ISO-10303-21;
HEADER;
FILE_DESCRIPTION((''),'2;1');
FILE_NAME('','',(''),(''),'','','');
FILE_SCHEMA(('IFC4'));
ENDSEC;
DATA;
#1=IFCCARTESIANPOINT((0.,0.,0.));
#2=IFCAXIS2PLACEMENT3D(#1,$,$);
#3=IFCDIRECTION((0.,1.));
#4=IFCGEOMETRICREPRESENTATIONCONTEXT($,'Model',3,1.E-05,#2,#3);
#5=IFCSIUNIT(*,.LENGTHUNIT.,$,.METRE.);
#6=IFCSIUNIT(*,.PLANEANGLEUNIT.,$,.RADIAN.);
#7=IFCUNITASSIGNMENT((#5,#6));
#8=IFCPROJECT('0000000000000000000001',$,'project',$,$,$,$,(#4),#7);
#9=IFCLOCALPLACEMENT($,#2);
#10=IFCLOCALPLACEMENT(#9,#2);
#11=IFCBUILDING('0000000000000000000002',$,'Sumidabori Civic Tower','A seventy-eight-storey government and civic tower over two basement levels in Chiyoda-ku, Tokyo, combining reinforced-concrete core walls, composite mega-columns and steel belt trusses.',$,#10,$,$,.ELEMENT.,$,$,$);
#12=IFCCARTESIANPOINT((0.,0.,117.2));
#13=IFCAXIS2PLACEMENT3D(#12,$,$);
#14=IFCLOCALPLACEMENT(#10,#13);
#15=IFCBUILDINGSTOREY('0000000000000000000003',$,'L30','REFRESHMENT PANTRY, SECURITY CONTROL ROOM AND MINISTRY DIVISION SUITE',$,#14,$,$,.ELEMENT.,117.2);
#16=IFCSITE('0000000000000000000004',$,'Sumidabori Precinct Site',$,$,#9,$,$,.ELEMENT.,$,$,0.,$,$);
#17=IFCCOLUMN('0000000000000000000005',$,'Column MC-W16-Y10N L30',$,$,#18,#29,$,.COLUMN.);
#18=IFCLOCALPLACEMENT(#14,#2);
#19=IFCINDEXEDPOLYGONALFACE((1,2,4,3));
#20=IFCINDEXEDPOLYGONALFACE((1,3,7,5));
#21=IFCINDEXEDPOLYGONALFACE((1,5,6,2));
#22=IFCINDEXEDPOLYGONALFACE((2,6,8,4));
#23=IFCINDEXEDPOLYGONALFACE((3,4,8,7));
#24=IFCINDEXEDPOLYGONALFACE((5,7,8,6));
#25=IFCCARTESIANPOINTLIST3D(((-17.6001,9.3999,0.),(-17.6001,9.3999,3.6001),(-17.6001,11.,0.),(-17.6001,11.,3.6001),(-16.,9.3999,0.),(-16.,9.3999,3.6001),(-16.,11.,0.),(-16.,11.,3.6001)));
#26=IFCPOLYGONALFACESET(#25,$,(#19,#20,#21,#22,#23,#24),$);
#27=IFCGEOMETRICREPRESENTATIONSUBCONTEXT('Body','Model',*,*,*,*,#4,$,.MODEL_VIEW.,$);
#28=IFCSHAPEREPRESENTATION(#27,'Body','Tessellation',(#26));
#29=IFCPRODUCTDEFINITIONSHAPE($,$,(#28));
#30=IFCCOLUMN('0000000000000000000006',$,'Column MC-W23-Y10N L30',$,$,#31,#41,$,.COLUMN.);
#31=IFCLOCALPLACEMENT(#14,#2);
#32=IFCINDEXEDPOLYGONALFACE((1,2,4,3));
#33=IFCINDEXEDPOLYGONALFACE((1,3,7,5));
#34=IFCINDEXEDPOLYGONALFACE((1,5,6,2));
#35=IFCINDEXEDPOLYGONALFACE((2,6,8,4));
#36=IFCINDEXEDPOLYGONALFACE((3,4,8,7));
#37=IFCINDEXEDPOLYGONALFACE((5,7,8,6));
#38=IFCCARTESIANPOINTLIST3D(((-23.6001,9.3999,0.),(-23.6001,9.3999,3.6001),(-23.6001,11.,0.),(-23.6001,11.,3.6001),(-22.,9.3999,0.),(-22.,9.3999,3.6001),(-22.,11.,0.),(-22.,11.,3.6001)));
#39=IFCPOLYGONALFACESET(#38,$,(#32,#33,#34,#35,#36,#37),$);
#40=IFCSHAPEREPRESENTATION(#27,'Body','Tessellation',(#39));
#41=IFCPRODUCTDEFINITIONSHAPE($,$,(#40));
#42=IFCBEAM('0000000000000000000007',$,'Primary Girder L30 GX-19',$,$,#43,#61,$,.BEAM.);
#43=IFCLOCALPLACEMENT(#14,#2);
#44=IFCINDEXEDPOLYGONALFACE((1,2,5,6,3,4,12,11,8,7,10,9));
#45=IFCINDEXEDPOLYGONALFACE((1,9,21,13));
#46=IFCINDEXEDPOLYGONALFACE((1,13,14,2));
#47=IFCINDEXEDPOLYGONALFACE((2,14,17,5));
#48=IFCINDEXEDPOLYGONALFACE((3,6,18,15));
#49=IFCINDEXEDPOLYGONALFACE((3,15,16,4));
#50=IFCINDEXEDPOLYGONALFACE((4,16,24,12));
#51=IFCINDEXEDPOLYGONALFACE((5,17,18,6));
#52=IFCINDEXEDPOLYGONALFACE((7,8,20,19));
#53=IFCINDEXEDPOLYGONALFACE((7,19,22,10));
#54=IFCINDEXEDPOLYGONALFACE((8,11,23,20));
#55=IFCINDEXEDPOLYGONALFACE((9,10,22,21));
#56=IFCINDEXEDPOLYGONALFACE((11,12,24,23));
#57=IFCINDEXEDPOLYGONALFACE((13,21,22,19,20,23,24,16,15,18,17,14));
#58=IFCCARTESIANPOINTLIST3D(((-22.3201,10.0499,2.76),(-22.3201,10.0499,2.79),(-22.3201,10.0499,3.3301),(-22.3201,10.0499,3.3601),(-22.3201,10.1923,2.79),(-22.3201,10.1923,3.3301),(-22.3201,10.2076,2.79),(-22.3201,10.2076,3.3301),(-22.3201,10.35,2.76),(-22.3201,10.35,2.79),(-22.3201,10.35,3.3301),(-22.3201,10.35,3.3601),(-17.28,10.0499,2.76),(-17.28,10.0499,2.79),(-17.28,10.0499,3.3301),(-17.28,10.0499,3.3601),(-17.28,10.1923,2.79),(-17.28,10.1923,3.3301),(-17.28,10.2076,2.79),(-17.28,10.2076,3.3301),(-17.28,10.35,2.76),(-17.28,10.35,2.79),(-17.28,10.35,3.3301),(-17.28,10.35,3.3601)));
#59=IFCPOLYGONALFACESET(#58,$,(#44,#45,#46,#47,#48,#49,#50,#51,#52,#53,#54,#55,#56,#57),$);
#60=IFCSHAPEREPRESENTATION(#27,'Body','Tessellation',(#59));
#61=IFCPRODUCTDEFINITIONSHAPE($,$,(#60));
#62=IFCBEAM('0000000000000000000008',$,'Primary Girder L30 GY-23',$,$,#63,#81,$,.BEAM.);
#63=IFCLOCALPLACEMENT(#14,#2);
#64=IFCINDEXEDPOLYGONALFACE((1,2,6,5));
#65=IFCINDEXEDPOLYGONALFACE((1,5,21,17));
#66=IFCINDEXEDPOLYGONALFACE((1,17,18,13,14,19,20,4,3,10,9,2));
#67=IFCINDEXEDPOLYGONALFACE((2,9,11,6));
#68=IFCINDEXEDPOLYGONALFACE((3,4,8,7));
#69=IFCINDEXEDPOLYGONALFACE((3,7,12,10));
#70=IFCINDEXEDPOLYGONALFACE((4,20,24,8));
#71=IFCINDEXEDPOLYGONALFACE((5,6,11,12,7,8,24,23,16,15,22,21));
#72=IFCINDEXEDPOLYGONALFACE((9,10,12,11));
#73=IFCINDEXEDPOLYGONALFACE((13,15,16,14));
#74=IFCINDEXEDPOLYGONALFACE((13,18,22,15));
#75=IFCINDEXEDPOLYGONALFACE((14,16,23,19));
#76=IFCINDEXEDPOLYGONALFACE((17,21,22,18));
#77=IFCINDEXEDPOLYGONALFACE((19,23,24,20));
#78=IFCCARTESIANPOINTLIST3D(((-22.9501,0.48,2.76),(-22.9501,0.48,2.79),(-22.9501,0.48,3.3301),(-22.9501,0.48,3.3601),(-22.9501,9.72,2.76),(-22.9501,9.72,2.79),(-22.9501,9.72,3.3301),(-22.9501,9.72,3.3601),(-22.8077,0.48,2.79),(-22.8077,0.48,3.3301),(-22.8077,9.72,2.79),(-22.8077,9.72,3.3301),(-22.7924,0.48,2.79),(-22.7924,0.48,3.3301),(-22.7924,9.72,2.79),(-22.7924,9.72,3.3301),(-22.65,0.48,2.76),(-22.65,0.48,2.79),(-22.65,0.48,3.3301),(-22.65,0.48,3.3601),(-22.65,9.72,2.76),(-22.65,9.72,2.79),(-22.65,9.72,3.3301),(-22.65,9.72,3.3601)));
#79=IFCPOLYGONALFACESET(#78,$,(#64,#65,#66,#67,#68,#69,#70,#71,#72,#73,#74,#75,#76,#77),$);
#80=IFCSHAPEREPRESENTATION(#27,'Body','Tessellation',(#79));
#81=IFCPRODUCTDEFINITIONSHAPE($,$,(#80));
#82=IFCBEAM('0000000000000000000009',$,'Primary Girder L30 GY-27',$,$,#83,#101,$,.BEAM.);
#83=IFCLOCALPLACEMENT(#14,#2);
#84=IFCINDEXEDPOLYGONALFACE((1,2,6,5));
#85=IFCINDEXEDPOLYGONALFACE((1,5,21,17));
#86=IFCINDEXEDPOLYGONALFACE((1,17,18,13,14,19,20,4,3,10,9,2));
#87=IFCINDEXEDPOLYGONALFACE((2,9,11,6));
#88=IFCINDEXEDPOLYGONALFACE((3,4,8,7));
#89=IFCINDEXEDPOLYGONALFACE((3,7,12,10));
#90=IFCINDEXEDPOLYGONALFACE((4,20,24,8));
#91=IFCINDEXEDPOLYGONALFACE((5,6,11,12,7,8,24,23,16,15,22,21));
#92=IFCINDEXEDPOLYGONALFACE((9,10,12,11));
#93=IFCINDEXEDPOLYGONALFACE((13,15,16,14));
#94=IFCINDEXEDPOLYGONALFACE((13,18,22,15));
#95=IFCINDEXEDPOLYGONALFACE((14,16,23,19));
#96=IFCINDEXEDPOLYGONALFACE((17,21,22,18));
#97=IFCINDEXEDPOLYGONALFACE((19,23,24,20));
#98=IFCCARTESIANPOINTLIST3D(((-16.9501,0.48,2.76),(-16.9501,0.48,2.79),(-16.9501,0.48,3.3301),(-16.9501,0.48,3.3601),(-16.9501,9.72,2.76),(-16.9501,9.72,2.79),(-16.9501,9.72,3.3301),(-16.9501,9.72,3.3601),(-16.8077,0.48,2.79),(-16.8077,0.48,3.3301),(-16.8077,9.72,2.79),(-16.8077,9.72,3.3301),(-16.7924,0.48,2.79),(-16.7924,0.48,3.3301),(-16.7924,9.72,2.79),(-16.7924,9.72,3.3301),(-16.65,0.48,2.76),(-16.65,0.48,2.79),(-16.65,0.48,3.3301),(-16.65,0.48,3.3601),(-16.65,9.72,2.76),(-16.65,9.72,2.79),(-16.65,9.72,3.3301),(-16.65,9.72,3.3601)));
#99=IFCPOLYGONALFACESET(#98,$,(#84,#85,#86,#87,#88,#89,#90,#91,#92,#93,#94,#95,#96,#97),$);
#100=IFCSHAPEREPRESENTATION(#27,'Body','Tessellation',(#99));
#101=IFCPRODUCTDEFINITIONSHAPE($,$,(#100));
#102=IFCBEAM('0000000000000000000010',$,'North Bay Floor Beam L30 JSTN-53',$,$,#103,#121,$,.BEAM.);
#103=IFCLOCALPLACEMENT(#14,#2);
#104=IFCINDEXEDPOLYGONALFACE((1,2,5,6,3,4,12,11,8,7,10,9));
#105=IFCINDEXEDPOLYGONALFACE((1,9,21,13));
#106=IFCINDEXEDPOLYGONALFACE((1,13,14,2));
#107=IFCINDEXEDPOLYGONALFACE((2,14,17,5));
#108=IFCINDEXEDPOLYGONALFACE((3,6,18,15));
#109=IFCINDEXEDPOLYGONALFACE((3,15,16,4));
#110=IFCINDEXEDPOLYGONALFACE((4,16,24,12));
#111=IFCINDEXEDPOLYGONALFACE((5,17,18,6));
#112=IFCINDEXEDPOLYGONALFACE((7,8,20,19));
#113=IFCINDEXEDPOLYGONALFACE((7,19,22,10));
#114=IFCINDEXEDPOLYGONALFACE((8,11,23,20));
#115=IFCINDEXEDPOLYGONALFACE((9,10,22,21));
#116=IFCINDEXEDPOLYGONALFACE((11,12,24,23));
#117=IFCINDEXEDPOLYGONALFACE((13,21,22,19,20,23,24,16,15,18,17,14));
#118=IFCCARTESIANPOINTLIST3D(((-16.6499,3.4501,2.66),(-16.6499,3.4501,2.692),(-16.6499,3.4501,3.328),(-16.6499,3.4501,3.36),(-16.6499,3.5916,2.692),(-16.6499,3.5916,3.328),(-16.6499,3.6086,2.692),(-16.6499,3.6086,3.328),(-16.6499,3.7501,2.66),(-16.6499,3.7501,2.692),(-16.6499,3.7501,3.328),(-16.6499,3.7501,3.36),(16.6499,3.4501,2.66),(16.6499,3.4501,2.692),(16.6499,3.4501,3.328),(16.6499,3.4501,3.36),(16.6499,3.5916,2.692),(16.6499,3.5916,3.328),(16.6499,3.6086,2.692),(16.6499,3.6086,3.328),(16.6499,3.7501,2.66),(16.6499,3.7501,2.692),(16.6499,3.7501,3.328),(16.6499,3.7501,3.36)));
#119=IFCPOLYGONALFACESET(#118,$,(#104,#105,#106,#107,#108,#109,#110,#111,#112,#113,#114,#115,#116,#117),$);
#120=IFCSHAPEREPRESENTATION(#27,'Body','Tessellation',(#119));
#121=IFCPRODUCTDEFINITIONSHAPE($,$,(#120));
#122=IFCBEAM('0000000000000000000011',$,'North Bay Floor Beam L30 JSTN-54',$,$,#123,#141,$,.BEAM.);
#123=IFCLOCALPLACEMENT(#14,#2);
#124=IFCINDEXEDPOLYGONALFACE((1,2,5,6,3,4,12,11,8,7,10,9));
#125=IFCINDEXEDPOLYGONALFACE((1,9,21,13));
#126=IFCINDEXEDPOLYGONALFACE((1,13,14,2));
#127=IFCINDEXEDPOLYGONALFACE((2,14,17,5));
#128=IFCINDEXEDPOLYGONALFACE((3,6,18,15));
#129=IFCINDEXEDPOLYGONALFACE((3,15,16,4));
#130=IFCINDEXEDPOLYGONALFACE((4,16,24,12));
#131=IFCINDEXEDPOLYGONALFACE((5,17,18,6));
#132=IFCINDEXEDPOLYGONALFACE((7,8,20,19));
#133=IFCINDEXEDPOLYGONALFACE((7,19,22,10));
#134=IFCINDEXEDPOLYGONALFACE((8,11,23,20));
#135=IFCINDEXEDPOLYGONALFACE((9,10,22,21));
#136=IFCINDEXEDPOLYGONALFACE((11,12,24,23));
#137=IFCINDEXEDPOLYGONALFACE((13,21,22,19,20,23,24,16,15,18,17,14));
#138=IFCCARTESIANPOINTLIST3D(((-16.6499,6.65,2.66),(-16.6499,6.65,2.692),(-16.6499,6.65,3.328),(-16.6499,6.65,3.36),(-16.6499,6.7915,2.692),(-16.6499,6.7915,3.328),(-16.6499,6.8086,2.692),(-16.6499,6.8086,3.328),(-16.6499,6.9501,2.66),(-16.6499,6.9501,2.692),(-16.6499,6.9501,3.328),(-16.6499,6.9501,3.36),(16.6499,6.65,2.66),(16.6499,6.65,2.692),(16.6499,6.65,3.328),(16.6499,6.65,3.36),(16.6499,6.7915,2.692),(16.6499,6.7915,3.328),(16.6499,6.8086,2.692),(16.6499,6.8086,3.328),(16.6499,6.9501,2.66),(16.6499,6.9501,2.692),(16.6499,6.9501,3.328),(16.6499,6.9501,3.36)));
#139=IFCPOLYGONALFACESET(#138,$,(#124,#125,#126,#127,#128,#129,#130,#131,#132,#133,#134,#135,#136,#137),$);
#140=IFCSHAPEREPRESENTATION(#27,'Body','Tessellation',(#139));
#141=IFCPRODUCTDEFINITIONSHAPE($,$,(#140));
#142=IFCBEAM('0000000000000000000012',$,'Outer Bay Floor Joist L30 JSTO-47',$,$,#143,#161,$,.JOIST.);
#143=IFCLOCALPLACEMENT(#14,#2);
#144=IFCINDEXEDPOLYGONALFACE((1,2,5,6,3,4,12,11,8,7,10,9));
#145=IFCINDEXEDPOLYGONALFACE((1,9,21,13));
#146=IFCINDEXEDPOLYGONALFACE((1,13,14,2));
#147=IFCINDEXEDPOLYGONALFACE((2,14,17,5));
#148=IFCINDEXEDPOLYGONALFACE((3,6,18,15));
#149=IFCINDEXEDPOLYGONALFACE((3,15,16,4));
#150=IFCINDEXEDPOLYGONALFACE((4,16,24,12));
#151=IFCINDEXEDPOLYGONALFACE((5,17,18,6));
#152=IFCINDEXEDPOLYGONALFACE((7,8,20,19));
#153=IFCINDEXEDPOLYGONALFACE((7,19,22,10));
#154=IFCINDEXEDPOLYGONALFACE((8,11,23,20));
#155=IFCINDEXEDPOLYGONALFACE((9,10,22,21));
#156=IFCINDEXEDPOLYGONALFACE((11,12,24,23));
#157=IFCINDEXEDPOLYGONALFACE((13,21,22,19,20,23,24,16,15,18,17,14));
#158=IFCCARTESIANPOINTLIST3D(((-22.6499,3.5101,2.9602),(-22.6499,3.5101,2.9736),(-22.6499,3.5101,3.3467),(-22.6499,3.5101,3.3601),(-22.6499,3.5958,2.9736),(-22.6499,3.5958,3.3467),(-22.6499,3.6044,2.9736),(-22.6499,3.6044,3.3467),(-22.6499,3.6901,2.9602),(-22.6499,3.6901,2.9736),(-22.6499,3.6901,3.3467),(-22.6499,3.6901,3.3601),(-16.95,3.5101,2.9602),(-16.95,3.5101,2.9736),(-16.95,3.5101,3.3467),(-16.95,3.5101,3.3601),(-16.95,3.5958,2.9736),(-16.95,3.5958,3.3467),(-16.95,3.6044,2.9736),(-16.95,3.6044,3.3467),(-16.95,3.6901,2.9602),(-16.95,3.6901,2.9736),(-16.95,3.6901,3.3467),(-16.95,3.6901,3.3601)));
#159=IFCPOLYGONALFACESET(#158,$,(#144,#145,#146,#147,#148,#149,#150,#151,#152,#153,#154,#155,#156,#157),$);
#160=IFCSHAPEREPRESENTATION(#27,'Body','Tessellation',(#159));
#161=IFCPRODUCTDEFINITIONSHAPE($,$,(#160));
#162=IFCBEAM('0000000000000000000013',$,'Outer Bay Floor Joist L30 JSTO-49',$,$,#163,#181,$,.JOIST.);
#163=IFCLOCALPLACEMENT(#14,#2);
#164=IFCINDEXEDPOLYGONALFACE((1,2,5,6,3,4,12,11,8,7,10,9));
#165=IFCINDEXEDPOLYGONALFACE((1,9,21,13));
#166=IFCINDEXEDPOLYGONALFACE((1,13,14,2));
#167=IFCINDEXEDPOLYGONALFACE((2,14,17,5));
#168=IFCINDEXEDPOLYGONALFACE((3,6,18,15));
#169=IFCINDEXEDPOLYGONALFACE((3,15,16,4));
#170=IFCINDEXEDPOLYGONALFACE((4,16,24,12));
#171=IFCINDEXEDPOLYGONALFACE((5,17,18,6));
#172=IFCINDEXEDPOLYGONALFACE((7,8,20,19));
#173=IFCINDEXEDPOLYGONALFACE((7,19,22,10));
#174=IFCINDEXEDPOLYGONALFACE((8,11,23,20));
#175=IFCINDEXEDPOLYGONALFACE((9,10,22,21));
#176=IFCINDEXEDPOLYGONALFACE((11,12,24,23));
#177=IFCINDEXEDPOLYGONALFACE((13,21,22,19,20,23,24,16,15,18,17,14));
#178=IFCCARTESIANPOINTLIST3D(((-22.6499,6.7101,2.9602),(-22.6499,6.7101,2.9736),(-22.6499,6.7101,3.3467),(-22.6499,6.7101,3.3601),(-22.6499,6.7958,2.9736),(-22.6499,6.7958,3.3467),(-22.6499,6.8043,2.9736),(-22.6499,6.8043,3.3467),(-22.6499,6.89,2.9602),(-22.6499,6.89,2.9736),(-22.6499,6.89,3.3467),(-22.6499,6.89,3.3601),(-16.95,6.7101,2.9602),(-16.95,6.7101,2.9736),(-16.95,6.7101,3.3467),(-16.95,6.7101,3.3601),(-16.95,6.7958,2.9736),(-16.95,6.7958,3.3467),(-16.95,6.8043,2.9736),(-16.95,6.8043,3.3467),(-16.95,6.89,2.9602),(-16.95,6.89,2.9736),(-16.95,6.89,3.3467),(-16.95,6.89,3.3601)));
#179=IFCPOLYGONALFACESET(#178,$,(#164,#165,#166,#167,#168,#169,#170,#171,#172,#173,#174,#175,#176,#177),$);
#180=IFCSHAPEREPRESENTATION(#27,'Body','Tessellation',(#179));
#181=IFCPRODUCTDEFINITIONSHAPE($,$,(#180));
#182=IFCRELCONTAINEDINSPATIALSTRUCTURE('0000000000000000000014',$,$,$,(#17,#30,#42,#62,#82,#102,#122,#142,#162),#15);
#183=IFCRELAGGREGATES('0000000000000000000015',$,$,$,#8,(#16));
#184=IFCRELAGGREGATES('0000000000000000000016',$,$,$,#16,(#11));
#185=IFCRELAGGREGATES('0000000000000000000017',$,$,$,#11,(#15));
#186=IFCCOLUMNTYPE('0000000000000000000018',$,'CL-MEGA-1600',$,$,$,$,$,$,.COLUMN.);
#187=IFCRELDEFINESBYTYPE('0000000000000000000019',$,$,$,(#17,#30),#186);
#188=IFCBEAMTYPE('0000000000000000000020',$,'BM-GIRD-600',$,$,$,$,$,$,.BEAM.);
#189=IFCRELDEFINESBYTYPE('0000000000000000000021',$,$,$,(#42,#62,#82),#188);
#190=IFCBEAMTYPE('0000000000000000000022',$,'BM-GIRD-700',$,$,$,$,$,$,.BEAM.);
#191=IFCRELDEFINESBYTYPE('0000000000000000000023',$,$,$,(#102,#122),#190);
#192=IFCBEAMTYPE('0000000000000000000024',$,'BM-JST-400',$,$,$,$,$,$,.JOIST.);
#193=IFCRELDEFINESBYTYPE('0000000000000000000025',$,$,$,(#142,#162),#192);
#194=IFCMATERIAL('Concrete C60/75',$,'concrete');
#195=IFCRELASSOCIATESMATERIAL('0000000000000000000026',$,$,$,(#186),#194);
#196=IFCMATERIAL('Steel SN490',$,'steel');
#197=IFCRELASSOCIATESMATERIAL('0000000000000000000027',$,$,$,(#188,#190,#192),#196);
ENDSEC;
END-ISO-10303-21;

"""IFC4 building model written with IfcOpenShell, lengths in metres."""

from ifc_helpers import new_model, si_unit, direction, frame, origin, origin_2d, place, context, subcontext, project, spatial, rectangle, i_section, extrude, source, transform, mapped, material, material_profile, profile_set, type_object, element, save


model = new_model("IFC4")

# Units and contexts
model_context = context("Model", 3, precision=1e-05, world=origin(), true_north=direction((0.0, 1.0)))
body_context = subcontext(model_context, "Body", "Model", "MODEL_VIEW")
ifc_project = project(units=[si_unit("LENGTHUNIT", "METRE"), si_unit("PLANEANGLEUNIT", "RADIAN")], contexts=[model_context])

# Site, building, storey
site_placement = place(None, origin())
site = spatial("IfcSite", under=ifc_project, at=site_placement, Name="Sumidabori Precinct Site", CompositionType="ELEMENT", RefElevation=0.0)
building_placement = place(site_placement, origin())
building = spatial("IfcBuilding", under=site, at=building_placement, Name="Sumidabori Civic Tower", Description="A seventy-eight-storey government and civic tower over two basement levels in Chiyoda-ku, Tokyo, combining reinforced-concrete core walls, composite mega-columns and steel belt trusses.", CompositionType="ELEMENT")
storey_placement = place(building_placement, frame((0.0, 0.0, 117.2)))
storey = spatial("IfcBuildingStorey", under=building, at=storey_placement, Name="L30", Description="REFRESHMENT PANTRY, SECURITY CONTROL ROOM AND MINISTRY DIVISION SUITE", CompositionType="ELEMENT", Elevation=117.2)

# Columns
ifc_material_1 = material(Name="Concrete C60/75", Category="concrete")
ifc_material_profile_1 = material_profile(ifc_material_1, rectangle(XDim=1.6001, YDim=1.6001, at=origin_2d()), Name="RC 1600x1600")
ifc_profile_set_1 = profile_set([ifc_material_profile_1], Name="Concrete C60/75")
column_type = type_object("IfcColumnType", Name="CL-MEGA-1600", PredefinedType="COLUMN", material=ifc_profile_set_1)
shared_shape_1 = source(origin(), body_context, "Body", "SweptSolid", [
    extrude(rectangle(XDim=1.6001, YDim=1.6001, at=origin_2d()), origin(), (0.0, 0.0, 1.0), 3.6001),
])
for number, where, z_axis, x_axis, name in (
    (1, (-16.8, 10.2, 0.0), (0.0, 0.0, 1.0), (1.0, 0.0, 0.0), "Column MC-W16-Y10N L30"),
    (2, (-22.8, 10.2, 0.0), (0.0, 0.0, 1.0), (1.0, 0.0, 0.0), "Column MC-W23-Y10N L30"),
):
    element("IfcColumn", number, at=place(storey_placement, frame(where, z_axis=z_axis, x_axis=x_axis)), inside=storey, type_object=column_type, Name=name, PredefinedType="COLUMN", context=body_context, shape_type="MappedRepresentation", body=[
        mapped(shared_shape_1, transform((0.0, 0.0, 0.0), x_axis=(1.0, 0.0, 0.0), y_axis=(0.0, 1.0, 0.0), z_axis=(0.0, 0.0, 1.0), scale=1.0)),
    ])

# Beams
ifc_material_2 = material(Name="Steel SN490", Category="steel")
ifc_material_profile_2 = material_profile(ifc_material_2, i_section(OverallWidth=0.3, OverallDepth=0.6001, WebThickness=0.0154, FlangeThickness=0.03, at=origin_2d()), Name="HE 600 B")
ifc_profile_set_2 = profile_set([ifc_material_profile_2], Name="Steel SN490")
beam_type_1 = type_object("IfcBeamType", Name="BM-GIRD-600", PredefinedType="BEAM", material=ifc_profile_set_2)
shared_shape_2 = source(origin(), body_context, "Body", "SweptSolid", [
    extrude(i_section(OverallWidth=0.3, OverallDepth=0.6001, WebThickness=0.0154, FlangeThickness=0.03, at=origin_2d()), origin(), (0.0, 0.0, 1.0), 5.04),
])
beam_placement = place(storey_placement, frame((-22.3201, 10.2, 3.0601), z_axis=(1.0, 0.0, 0.0), x_axis=(0.0, 1.0, 0.0)))
element("IfcBeam", 3, at=beam_placement, inside=storey, type_object=beam_type_1, Name="Primary Girder L30 GX-19", PredefinedType="BEAM", context=body_context, shape_type="MappedRepresentation", body=[
    mapped(shared_shape_2, transform((0.0, 0.0, 0.0), x_axis=(1.0, 0.0, 0.0), y_axis=(0.0, 1.0, 0.0), z_axis=(0.0, 0.0, 1.0), scale=1.0)),
])
shared_shape_3 = source(origin(), body_context, "Body", "SweptSolid", [
    extrude(i_section(OverallWidth=0.3, OverallDepth=0.6001, WebThickness=0.0154, FlangeThickness=0.03, at=origin_2d()), origin(), (0.0, 0.0, 1.0), 9.24),
])
for number, where, z_axis, x_axis, name in (
    (4, (-22.8, 0.48, 3.0601), (0.0, 1.0, 0.0), (-1.0, 0.0, 0.0), "Primary Girder L30 GY-23"),
    (5, (-16.8, 0.48, 3.0601), (0.0, 1.0, 0.0), (-1.0, 0.0, 0.0), "Primary Girder L30 GY-27"),
):
    element("IfcBeam", number, at=place(storey_placement, frame(where, z_axis=z_axis, x_axis=x_axis)), inside=storey, type_object=beam_type_1, Name=name, PredefinedType="BEAM", context=body_context, shape_type="MappedRepresentation", body=[
        mapped(shared_shape_3, transform((0.0, 0.0, 0.0), x_axis=(1.0, 0.0, 0.0), y_axis=(0.0, 1.0, 0.0), z_axis=(0.0, 0.0, 1.0), scale=1.0)),
    ])
ifc_material_profile_3 = material_profile(ifc_material_2, i_section(OverallWidth=0.3, OverallDepth=0.7, WebThickness=0.0171, FlangeThickness=0.032, at=origin_2d()), Name="HE 700 B")
ifc_profile_set_3 = profile_set([ifc_material_profile_3], Name="Steel SN490")
beam_type_2 = type_object("IfcBeamType", Name="BM-GIRD-700", PredefinedType="BEAM", material=ifc_profile_set_3)
shared_shape_4 = source(origin(), body_context, "Body", "SweptSolid", [
    extrude(i_section(OverallWidth=0.3, OverallDepth=0.7, WebThickness=0.0171, FlangeThickness=0.032, at=origin_2d()), origin(), (0.0, 0.0, 1.0), 33.2998),
])
for number, where, z_axis, x_axis, name in (
    (6, (-16.6499, 3.6001, 3.01), (1.0, 0.0, 0.0), (0.0, 1.0, 0.0), "North Bay Floor Beam L30 JSTN-53"),
    (7, (-16.6499, 6.8, 3.01), (1.0, 0.0, 0.0), (0.0, 1.0, 0.0), "North Bay Floor Beam L30 JSTN-54"),
):
    element("IfcBeam", number, at=place(storey_placement, frame(where, z_axis=z_axis, x_axis=x_axis)), inside=storey, type_object=beam_type_2, Name=name, PredefinedType="BEAM", context=body_context, shape_type="MappedRepresentation", body=[
        mapped(shared_shape_4, transform((0.0, 0.0, 0.0), x_axis=(1.0, 0.0, 0.0), y_axis=(0.0, 1.0, 0.0), z_axis=(0.0, 0.0, 1.0), scale=1.0)),
    ])
ifc_material_profile_4 = material_profile(ifc_material_2, i_section(OverallWidth=0.1799, OverallDepth=0.3999, WebThickness=0.0085, FlangeThickness=0.0134, at=origin_2d()), Name="IPE 400")
ifc_profile_set_4 = profile_set([ifc_material_profile_4], Name="Steel SN490")
beam_type_3 = type_object("IfcBeamType", Name="BM-JST-400", PredefinedType="JOIST", material=ifc_profile_set_4)
shared_shape_5 = source(origin(), body_context, "Body", "SweptSolid", [
    extrude(i_section(OverallWidth=0.1799, OverallDepth=0.3999, WebThickness=0.0085, FlangeThickness=0.0134, at=origin_2d()), origin(), (0.0, 0.0, 1.0), 5.7),
])
for number, where, z_axis, x_axis, name in (
    (8, (-22.6499, 3.6001, 3.1602), (1.0, 0.0, 0.0), (0.0, 1.0, 0.0), "Outer Bay Floor Joist L30 JSTO-47"),
    (9, (-22.6499, 6.8, 3.1602), (1.0, 0.0, 0.0), (0.0, 1.0, 0.0), "Outer Bay Floor Joist L30 JSTO-49"),
):
    element("IfcBeam", number, at=place(storey_placement, frame(where, z_axis=z_axis, x_axis=x_axis)), inside=storey, type_object=beam_type_3, Name=name, PredefinedType="JOIST", context=body_context, shape_type="MappedRepresentation", body=[
        mapped(shared_shape_5, transform((0.0, 0.0, 0.0), x_axis=(1.0, 0.0, 0.0), y_axis=(0.0, 1.0, 0.0), z_axis=(0.0, 0.0, 1.0), scale=1.0)),
    ])

save(model, "model.ifc")
